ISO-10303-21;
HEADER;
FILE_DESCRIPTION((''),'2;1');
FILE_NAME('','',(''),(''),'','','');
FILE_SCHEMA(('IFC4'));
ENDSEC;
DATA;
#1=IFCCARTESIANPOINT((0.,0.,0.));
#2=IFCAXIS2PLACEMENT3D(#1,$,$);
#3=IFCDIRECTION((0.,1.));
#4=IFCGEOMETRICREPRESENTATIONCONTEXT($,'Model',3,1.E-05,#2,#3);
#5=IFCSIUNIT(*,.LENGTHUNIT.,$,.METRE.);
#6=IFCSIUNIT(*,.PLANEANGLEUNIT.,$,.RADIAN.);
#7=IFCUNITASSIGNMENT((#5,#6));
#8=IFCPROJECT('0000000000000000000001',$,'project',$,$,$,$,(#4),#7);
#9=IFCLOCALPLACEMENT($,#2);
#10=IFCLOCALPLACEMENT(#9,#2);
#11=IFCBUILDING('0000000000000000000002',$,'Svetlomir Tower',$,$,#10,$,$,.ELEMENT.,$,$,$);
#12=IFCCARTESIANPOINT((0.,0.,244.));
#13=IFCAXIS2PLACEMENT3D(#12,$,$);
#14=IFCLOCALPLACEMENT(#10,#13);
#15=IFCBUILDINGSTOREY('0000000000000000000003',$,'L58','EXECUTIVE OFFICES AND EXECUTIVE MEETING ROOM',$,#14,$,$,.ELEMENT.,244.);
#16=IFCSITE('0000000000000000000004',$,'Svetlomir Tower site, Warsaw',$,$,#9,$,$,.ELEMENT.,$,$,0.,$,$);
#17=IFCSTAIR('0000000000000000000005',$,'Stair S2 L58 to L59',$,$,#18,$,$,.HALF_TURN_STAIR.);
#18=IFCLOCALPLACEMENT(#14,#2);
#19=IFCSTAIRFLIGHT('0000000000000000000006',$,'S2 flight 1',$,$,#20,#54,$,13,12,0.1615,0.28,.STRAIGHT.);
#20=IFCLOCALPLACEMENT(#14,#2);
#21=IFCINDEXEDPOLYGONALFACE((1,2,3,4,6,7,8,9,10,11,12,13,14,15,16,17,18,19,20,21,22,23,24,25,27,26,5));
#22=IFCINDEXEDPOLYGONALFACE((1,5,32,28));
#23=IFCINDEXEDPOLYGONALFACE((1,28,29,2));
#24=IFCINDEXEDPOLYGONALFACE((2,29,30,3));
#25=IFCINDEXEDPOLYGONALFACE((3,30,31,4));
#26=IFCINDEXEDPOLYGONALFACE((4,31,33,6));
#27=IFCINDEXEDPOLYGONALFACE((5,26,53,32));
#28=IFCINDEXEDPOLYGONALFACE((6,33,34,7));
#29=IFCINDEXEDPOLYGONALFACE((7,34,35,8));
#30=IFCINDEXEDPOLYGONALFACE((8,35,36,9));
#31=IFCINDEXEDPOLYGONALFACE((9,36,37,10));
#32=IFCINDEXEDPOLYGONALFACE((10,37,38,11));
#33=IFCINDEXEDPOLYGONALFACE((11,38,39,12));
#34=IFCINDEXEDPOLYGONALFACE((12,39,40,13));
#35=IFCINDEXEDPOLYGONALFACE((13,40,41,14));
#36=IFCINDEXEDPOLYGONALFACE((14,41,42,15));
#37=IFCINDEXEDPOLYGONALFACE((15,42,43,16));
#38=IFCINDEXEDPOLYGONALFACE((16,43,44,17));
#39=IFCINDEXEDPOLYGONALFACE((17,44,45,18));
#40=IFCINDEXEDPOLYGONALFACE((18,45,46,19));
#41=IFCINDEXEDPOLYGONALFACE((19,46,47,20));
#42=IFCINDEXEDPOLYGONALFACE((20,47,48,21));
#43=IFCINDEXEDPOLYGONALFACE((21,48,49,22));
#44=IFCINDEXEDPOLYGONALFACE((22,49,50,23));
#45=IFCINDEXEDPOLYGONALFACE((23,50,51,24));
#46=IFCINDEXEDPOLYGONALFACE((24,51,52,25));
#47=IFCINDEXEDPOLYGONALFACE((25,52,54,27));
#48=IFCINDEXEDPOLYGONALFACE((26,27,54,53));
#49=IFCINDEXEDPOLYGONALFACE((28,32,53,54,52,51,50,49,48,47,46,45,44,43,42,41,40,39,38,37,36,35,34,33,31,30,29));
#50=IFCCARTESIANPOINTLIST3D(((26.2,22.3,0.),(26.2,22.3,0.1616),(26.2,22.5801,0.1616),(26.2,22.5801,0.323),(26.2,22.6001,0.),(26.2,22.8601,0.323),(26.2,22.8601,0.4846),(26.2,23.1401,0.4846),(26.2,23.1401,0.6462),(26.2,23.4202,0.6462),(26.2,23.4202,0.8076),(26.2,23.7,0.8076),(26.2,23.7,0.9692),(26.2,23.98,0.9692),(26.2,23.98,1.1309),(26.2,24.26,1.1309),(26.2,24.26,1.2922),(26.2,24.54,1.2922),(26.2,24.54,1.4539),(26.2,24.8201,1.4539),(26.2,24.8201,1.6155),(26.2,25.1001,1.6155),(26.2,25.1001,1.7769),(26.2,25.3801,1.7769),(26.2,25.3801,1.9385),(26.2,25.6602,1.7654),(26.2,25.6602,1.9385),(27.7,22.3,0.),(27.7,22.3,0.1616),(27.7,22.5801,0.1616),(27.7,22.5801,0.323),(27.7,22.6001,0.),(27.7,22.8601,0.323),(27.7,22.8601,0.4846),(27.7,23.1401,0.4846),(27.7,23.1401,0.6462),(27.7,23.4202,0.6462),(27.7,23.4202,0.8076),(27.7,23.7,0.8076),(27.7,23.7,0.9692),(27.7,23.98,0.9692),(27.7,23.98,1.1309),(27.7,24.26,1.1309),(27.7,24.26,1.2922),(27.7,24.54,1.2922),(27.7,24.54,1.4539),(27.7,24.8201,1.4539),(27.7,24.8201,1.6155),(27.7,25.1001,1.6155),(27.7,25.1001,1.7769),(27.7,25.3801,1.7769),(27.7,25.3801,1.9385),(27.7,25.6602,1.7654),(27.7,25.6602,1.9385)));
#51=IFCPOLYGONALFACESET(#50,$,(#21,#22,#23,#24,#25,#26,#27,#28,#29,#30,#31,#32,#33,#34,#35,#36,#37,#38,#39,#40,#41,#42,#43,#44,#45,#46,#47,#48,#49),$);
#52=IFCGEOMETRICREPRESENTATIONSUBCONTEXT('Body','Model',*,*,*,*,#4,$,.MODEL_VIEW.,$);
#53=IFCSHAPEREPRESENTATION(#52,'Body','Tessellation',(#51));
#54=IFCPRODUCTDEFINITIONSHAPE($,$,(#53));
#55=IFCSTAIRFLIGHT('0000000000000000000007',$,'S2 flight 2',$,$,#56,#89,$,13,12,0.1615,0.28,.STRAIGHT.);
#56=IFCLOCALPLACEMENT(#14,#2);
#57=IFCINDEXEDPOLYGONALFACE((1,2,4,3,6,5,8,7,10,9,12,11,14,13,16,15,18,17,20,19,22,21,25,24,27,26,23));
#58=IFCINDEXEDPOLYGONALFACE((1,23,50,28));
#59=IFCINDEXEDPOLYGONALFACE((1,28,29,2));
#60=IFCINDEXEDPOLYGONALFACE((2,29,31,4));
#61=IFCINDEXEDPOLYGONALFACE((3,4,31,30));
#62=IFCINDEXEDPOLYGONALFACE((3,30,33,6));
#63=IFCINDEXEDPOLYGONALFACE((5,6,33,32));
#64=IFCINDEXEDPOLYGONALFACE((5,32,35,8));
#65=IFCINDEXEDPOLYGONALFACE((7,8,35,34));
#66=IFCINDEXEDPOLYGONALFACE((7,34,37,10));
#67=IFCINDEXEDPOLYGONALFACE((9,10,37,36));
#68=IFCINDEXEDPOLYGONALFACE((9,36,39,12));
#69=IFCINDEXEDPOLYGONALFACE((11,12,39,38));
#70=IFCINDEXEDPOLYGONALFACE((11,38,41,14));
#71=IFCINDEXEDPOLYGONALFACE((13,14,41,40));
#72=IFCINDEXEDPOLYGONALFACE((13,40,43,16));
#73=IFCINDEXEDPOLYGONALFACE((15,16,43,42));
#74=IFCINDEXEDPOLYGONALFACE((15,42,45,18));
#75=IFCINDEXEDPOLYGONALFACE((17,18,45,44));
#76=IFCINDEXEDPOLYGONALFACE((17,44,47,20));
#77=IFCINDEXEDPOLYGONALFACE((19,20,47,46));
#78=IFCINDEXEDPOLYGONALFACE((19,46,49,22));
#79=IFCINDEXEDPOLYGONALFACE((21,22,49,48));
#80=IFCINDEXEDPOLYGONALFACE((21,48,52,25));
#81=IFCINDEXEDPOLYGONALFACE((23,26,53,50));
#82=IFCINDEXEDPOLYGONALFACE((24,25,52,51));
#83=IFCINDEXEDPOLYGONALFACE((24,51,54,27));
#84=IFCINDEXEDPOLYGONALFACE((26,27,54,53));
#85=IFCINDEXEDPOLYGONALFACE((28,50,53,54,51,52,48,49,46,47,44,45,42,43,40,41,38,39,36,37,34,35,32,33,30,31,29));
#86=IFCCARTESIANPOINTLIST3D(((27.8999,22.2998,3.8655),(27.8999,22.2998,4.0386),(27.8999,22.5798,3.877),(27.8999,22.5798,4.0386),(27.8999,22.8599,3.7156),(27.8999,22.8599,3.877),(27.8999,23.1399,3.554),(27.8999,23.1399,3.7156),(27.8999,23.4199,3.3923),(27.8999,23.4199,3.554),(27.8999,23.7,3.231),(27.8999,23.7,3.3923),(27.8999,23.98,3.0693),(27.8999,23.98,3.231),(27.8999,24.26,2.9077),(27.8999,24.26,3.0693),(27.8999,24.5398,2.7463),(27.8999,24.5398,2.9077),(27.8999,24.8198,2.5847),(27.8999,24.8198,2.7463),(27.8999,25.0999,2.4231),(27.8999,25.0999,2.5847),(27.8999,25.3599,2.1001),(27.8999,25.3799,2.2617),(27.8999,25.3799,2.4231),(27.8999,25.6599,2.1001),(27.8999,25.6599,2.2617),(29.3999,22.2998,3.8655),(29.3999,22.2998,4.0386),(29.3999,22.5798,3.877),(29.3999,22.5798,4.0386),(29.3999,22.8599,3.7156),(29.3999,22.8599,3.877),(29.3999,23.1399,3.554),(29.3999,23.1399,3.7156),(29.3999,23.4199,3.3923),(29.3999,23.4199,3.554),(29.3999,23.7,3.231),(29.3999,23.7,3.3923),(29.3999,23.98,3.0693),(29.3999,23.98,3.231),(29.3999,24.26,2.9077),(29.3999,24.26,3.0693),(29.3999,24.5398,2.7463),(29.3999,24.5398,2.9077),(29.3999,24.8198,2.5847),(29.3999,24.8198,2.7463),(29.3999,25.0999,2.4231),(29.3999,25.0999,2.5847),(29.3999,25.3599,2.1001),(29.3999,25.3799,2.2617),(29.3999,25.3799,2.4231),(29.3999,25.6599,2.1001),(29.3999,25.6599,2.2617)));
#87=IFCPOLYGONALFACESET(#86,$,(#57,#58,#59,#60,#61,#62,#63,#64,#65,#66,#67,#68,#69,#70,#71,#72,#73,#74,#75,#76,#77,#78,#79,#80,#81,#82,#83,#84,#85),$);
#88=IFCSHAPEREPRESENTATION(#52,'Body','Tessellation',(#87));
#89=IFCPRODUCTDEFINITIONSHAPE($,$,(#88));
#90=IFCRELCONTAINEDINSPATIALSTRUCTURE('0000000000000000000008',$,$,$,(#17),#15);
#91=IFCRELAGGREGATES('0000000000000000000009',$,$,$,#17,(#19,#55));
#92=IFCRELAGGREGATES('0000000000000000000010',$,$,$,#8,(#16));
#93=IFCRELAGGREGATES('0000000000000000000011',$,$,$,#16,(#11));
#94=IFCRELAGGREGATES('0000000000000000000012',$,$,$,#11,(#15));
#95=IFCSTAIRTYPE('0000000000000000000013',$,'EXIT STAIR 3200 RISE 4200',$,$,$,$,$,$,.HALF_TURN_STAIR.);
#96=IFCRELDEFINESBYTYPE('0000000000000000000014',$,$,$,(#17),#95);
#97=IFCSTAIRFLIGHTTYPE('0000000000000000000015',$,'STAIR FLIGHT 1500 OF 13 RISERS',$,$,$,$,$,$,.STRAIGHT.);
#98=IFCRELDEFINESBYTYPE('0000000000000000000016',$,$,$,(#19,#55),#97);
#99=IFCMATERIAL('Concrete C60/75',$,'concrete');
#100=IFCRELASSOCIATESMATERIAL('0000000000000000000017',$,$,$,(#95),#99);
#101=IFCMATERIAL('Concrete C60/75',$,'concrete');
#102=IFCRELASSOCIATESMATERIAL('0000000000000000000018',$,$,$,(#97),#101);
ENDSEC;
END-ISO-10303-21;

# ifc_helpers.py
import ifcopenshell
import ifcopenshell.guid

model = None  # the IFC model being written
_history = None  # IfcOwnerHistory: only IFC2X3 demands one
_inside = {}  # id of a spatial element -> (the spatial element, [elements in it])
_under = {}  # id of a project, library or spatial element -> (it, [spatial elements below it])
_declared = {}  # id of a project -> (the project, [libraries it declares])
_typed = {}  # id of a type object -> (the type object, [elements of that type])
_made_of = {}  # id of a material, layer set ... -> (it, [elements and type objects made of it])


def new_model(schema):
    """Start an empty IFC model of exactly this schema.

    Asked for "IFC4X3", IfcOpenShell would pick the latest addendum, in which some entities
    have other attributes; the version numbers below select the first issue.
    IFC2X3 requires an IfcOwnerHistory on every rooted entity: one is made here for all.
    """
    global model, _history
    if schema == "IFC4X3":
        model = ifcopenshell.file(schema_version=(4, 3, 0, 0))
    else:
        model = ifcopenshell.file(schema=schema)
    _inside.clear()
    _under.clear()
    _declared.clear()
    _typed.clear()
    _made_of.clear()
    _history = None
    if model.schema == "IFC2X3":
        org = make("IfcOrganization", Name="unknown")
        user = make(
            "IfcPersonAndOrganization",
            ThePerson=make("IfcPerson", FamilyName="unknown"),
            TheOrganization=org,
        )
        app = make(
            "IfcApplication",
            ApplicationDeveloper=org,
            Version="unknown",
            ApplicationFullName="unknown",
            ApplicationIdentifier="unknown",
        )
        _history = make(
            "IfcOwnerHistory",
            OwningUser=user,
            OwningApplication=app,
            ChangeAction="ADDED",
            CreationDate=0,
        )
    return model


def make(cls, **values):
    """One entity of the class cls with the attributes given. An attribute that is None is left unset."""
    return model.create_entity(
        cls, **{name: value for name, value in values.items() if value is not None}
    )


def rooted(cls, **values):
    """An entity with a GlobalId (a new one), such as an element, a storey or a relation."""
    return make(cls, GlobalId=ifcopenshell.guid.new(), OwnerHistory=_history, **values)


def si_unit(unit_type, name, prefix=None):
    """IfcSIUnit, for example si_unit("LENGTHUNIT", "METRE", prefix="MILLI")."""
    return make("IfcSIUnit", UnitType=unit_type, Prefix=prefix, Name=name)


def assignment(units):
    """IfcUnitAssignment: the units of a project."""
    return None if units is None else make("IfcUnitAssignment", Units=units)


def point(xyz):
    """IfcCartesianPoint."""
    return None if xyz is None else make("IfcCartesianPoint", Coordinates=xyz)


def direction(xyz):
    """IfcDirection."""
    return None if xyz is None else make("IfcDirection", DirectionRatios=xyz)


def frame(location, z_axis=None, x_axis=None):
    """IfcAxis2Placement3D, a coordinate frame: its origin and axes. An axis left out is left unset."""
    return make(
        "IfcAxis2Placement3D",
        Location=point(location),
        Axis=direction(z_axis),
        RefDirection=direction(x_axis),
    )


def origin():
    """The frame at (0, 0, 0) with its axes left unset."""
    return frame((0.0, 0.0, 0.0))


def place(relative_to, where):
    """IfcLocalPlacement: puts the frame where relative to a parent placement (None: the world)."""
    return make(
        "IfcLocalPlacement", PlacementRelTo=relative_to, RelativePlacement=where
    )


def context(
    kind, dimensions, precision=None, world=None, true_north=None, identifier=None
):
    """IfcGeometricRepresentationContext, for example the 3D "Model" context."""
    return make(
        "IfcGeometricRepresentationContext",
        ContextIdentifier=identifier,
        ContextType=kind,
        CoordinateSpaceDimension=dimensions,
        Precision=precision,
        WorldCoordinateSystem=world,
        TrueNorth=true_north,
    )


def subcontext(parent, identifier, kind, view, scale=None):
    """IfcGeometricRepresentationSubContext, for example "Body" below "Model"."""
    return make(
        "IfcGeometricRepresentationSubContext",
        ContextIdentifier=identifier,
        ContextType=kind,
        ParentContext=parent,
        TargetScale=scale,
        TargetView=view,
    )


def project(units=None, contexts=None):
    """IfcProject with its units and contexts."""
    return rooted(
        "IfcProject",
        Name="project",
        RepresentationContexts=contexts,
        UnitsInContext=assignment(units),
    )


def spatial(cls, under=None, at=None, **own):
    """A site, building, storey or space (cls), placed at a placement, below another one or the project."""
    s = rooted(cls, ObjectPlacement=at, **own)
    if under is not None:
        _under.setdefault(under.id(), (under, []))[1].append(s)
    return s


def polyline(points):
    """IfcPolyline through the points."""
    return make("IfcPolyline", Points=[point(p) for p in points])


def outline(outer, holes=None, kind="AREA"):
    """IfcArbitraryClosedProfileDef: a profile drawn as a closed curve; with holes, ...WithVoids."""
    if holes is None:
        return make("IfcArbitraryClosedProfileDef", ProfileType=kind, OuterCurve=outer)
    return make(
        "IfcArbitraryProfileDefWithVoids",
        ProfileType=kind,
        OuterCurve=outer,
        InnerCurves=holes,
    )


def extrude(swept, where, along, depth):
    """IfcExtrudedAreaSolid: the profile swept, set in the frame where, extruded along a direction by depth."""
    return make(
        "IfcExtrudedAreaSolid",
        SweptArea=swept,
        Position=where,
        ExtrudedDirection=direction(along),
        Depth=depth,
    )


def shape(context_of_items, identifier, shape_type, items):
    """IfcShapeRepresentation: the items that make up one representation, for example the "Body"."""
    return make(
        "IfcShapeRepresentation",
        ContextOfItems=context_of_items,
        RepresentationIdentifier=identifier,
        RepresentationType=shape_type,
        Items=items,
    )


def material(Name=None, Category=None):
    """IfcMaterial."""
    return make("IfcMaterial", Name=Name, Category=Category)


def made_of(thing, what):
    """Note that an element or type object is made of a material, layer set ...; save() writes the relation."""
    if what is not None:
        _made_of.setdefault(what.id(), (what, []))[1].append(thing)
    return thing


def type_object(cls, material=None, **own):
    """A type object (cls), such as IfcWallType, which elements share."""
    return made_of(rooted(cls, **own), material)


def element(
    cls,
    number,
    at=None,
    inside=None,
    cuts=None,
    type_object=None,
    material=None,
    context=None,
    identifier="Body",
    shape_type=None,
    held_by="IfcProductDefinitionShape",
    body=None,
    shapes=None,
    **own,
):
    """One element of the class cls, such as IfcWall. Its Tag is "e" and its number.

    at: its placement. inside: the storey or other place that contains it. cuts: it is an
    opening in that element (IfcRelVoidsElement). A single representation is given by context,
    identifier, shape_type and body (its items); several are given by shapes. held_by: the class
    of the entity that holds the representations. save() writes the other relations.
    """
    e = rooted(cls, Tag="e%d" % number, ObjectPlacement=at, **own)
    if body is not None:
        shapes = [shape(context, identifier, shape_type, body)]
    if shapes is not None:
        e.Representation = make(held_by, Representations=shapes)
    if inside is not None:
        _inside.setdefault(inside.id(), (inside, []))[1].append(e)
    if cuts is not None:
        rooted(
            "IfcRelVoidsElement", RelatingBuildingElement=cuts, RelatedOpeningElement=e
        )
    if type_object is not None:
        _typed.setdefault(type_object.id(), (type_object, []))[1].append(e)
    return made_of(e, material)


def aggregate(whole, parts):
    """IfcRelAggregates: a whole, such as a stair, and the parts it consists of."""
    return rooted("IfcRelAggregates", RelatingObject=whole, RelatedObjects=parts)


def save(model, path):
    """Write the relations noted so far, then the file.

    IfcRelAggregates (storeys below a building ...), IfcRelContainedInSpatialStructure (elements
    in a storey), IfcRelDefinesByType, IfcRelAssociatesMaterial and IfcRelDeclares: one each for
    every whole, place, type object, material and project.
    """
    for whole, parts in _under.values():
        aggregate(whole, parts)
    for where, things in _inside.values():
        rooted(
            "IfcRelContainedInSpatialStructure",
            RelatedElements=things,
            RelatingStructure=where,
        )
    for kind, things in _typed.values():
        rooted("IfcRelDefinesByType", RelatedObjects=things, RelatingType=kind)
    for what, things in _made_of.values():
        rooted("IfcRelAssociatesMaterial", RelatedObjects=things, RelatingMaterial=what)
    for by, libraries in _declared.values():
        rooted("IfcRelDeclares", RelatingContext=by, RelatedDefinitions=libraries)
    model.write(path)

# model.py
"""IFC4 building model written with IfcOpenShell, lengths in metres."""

from ifc_helpers import new_model, si_unit, direction, frame, origin, place, context, subcontext, project, spatial, polyline, outline, extrude, material, type_object, element, aggregate, save


model = new_model("IFC4")

# Units and contexts
model_context = context("Model", 3, precision=1e-05, world=origin(), true_north=direction((0.0, 1.0)))
body_context = subcontext(model_context, "Body", "Model", "MODEL_VIEW")
ifc_project = project(units=[si_unit("LENGTHUNIT", "METRE"), si_unit("PLANEANGLEUNIT", "RADIAN")], contexts=[model_context])

# Site, building, storey
site_placement = place(None, origin())
site = spatial("IfcSite", under=ifc_project, at=site_placement, Name="Svetlomir Tower site, Warsaw", CompositionType="ELEMENT", RefElevation=0.0)
building_placement = place(site_placement, origin())
building = spatial("IfcBuilding", under=site, at=building_placement, Name="Svetlomir Tower", CompositionType="ELEMENT")
storey_placement = place(building_placement, frame((0.0, 0.0, 244.0)))
storey = spatial("IfcBuildingStorey", under=building, at=storey_placement, Name="L58", Description="EXECUTIVE OFFICES AND EXECUTIVE MEETING ROOM", CompositionType="ELEMENT", Elevation=244.0)

# Stair, stair flights
ifc_material_1 = material(Name="Concrete C60/75", Category="concrete")
stair_type = type_object("IfcStairType", Name="EXIT STAIR 3200 RISE 4200", PredefinedType="HALF_TURN_STAIR", material=ifc_material_1)
stair_placement = place(storey_placement, origin())
stair = element("IfcStair", 1, at=stair_placement, inside=storey, type_object=stair_type, Name="Stair S2 L58 to L59", PredefinedType="HALF_TURN_STAIR")
ifc_material_2 = material(Name="Concrete C60/75", Category="concrete")
stair_flight_type = type_object("IfcStairFlightType", Name="STAIR FLIGHT 1500 OF 13 RISERS", PredefinedType="STRAIGHT", material=ifc_material_2)
stair_flight_1_placement = place(storey_placement, frame((26.95, 22.3, 0.0), z_axis=(0.0, 0.0, 1.0), x_axis=(0.0, 1.0, 0.0)))
stair_flight_1 = element("IfcStairFlight", 2, at=stair_flight_1_placement, type_object=stair_flight_type, Name="S2 flight 1", NumberOfRisers=13, NumberOfTreads=12, PredefinedType="STRAIGHT", RiserHeight=0.1615, TreadLength=0.28, context=body_context, shape_type="SweptSolid", body=[
    extrude(outline(polyline([(0.0, 0.0), (0.0, 0.1616), (0.28, 0.1616), (0.28, 0.323), (0.5601, 0.323), (0.5601, 0.4846), (0.8401, 0.4846), (0.8401, 0.6462), (1.1201, 0.6462), (1.1201, 0.8076), (1.3999, 0.8076), (1.3999, 0.9692), (1.6799, 0.9692), (1.6799, 1.1309), (1.96, 1.1309), (1.96, 1.2922), (2.24, 1.2922), (2.24, 1.4539), (2.52, 1.4539), (2.52, 1.6155), (2.8, 1.6155), (2.8, 1.7769), (3.0801, 1.7769), (3.0801, 1.9385), (3.3601, 1.9385), (3.3601, 2.1001), (3.3601, 1.7654), (0.3, 0.0), (0.0, 0.0)])), frame((0.0, 0.75, 0.0), z_axis=(0.0, -1.0, 0.0), x_axis=(1.0, 0.0, 0.0)), (0.0, 0.0, 1.0), 1.5),
])
stair_flight_2_placement = place(storey_placement, frame((28.6499, 25.6599, 2.1001), z_axis=(0.0, 0.0, 1.0), x_axis=(0.0, -1.0, 0.0)))
stair_flight_2 = element("IfcStairFlight", 3, at=stair_flight_2_placement, type_object=stair_flight_type, Name="S2 flight 2", NumberOfRisers=13, NumberOfTreads=12, PredefinedType="STRAIGHT", RiserHeight=0.1615, TreadLength=0.28, context=body_context, shape_type="SweptSolid", body=[
    extrude(outline(polyline([(0.0, 0.0), (0.0, 0.1616), (0.28, 0.1616), (0.28, 0.323), (0.5601, 0.323), (0.5601, 0.4846), (0.8401, 0.4846), (0.8401, 0.6462), (1.1201, 0.6462), (1.1201, 0.8076), (1.3999, 0.8076), (1.3999, 0.9692), (1.6799, 0.9692), (1.6799, 1.1309), (1.96, 1.1309), (1.96, 1.2922), (2.24, 1.2922), (2.24, 1.4539), (2.52, 1.4539), (2.52, 1.6155), (2.8, 1.6155), (2.8, 1.7769), (3.0801, 1.7769), (3.0801, 1.9385), (3.3601, 1.9385), (3.3601, 2.1001), (3.3601, 1.7654), (0.3, 0.0), (0.0, 0.0)])), frame((0.0, 0.75, 0.0), z_axis=(0.0, -1.0, 0.0), x_axis=(1.0, 0.0, 0.0)), (0.0, 0.0, 1.0), 1.5),
])
aggregate(stair, [stair_flight_1, stair_flight_2])

save(model, "model.ifc")
